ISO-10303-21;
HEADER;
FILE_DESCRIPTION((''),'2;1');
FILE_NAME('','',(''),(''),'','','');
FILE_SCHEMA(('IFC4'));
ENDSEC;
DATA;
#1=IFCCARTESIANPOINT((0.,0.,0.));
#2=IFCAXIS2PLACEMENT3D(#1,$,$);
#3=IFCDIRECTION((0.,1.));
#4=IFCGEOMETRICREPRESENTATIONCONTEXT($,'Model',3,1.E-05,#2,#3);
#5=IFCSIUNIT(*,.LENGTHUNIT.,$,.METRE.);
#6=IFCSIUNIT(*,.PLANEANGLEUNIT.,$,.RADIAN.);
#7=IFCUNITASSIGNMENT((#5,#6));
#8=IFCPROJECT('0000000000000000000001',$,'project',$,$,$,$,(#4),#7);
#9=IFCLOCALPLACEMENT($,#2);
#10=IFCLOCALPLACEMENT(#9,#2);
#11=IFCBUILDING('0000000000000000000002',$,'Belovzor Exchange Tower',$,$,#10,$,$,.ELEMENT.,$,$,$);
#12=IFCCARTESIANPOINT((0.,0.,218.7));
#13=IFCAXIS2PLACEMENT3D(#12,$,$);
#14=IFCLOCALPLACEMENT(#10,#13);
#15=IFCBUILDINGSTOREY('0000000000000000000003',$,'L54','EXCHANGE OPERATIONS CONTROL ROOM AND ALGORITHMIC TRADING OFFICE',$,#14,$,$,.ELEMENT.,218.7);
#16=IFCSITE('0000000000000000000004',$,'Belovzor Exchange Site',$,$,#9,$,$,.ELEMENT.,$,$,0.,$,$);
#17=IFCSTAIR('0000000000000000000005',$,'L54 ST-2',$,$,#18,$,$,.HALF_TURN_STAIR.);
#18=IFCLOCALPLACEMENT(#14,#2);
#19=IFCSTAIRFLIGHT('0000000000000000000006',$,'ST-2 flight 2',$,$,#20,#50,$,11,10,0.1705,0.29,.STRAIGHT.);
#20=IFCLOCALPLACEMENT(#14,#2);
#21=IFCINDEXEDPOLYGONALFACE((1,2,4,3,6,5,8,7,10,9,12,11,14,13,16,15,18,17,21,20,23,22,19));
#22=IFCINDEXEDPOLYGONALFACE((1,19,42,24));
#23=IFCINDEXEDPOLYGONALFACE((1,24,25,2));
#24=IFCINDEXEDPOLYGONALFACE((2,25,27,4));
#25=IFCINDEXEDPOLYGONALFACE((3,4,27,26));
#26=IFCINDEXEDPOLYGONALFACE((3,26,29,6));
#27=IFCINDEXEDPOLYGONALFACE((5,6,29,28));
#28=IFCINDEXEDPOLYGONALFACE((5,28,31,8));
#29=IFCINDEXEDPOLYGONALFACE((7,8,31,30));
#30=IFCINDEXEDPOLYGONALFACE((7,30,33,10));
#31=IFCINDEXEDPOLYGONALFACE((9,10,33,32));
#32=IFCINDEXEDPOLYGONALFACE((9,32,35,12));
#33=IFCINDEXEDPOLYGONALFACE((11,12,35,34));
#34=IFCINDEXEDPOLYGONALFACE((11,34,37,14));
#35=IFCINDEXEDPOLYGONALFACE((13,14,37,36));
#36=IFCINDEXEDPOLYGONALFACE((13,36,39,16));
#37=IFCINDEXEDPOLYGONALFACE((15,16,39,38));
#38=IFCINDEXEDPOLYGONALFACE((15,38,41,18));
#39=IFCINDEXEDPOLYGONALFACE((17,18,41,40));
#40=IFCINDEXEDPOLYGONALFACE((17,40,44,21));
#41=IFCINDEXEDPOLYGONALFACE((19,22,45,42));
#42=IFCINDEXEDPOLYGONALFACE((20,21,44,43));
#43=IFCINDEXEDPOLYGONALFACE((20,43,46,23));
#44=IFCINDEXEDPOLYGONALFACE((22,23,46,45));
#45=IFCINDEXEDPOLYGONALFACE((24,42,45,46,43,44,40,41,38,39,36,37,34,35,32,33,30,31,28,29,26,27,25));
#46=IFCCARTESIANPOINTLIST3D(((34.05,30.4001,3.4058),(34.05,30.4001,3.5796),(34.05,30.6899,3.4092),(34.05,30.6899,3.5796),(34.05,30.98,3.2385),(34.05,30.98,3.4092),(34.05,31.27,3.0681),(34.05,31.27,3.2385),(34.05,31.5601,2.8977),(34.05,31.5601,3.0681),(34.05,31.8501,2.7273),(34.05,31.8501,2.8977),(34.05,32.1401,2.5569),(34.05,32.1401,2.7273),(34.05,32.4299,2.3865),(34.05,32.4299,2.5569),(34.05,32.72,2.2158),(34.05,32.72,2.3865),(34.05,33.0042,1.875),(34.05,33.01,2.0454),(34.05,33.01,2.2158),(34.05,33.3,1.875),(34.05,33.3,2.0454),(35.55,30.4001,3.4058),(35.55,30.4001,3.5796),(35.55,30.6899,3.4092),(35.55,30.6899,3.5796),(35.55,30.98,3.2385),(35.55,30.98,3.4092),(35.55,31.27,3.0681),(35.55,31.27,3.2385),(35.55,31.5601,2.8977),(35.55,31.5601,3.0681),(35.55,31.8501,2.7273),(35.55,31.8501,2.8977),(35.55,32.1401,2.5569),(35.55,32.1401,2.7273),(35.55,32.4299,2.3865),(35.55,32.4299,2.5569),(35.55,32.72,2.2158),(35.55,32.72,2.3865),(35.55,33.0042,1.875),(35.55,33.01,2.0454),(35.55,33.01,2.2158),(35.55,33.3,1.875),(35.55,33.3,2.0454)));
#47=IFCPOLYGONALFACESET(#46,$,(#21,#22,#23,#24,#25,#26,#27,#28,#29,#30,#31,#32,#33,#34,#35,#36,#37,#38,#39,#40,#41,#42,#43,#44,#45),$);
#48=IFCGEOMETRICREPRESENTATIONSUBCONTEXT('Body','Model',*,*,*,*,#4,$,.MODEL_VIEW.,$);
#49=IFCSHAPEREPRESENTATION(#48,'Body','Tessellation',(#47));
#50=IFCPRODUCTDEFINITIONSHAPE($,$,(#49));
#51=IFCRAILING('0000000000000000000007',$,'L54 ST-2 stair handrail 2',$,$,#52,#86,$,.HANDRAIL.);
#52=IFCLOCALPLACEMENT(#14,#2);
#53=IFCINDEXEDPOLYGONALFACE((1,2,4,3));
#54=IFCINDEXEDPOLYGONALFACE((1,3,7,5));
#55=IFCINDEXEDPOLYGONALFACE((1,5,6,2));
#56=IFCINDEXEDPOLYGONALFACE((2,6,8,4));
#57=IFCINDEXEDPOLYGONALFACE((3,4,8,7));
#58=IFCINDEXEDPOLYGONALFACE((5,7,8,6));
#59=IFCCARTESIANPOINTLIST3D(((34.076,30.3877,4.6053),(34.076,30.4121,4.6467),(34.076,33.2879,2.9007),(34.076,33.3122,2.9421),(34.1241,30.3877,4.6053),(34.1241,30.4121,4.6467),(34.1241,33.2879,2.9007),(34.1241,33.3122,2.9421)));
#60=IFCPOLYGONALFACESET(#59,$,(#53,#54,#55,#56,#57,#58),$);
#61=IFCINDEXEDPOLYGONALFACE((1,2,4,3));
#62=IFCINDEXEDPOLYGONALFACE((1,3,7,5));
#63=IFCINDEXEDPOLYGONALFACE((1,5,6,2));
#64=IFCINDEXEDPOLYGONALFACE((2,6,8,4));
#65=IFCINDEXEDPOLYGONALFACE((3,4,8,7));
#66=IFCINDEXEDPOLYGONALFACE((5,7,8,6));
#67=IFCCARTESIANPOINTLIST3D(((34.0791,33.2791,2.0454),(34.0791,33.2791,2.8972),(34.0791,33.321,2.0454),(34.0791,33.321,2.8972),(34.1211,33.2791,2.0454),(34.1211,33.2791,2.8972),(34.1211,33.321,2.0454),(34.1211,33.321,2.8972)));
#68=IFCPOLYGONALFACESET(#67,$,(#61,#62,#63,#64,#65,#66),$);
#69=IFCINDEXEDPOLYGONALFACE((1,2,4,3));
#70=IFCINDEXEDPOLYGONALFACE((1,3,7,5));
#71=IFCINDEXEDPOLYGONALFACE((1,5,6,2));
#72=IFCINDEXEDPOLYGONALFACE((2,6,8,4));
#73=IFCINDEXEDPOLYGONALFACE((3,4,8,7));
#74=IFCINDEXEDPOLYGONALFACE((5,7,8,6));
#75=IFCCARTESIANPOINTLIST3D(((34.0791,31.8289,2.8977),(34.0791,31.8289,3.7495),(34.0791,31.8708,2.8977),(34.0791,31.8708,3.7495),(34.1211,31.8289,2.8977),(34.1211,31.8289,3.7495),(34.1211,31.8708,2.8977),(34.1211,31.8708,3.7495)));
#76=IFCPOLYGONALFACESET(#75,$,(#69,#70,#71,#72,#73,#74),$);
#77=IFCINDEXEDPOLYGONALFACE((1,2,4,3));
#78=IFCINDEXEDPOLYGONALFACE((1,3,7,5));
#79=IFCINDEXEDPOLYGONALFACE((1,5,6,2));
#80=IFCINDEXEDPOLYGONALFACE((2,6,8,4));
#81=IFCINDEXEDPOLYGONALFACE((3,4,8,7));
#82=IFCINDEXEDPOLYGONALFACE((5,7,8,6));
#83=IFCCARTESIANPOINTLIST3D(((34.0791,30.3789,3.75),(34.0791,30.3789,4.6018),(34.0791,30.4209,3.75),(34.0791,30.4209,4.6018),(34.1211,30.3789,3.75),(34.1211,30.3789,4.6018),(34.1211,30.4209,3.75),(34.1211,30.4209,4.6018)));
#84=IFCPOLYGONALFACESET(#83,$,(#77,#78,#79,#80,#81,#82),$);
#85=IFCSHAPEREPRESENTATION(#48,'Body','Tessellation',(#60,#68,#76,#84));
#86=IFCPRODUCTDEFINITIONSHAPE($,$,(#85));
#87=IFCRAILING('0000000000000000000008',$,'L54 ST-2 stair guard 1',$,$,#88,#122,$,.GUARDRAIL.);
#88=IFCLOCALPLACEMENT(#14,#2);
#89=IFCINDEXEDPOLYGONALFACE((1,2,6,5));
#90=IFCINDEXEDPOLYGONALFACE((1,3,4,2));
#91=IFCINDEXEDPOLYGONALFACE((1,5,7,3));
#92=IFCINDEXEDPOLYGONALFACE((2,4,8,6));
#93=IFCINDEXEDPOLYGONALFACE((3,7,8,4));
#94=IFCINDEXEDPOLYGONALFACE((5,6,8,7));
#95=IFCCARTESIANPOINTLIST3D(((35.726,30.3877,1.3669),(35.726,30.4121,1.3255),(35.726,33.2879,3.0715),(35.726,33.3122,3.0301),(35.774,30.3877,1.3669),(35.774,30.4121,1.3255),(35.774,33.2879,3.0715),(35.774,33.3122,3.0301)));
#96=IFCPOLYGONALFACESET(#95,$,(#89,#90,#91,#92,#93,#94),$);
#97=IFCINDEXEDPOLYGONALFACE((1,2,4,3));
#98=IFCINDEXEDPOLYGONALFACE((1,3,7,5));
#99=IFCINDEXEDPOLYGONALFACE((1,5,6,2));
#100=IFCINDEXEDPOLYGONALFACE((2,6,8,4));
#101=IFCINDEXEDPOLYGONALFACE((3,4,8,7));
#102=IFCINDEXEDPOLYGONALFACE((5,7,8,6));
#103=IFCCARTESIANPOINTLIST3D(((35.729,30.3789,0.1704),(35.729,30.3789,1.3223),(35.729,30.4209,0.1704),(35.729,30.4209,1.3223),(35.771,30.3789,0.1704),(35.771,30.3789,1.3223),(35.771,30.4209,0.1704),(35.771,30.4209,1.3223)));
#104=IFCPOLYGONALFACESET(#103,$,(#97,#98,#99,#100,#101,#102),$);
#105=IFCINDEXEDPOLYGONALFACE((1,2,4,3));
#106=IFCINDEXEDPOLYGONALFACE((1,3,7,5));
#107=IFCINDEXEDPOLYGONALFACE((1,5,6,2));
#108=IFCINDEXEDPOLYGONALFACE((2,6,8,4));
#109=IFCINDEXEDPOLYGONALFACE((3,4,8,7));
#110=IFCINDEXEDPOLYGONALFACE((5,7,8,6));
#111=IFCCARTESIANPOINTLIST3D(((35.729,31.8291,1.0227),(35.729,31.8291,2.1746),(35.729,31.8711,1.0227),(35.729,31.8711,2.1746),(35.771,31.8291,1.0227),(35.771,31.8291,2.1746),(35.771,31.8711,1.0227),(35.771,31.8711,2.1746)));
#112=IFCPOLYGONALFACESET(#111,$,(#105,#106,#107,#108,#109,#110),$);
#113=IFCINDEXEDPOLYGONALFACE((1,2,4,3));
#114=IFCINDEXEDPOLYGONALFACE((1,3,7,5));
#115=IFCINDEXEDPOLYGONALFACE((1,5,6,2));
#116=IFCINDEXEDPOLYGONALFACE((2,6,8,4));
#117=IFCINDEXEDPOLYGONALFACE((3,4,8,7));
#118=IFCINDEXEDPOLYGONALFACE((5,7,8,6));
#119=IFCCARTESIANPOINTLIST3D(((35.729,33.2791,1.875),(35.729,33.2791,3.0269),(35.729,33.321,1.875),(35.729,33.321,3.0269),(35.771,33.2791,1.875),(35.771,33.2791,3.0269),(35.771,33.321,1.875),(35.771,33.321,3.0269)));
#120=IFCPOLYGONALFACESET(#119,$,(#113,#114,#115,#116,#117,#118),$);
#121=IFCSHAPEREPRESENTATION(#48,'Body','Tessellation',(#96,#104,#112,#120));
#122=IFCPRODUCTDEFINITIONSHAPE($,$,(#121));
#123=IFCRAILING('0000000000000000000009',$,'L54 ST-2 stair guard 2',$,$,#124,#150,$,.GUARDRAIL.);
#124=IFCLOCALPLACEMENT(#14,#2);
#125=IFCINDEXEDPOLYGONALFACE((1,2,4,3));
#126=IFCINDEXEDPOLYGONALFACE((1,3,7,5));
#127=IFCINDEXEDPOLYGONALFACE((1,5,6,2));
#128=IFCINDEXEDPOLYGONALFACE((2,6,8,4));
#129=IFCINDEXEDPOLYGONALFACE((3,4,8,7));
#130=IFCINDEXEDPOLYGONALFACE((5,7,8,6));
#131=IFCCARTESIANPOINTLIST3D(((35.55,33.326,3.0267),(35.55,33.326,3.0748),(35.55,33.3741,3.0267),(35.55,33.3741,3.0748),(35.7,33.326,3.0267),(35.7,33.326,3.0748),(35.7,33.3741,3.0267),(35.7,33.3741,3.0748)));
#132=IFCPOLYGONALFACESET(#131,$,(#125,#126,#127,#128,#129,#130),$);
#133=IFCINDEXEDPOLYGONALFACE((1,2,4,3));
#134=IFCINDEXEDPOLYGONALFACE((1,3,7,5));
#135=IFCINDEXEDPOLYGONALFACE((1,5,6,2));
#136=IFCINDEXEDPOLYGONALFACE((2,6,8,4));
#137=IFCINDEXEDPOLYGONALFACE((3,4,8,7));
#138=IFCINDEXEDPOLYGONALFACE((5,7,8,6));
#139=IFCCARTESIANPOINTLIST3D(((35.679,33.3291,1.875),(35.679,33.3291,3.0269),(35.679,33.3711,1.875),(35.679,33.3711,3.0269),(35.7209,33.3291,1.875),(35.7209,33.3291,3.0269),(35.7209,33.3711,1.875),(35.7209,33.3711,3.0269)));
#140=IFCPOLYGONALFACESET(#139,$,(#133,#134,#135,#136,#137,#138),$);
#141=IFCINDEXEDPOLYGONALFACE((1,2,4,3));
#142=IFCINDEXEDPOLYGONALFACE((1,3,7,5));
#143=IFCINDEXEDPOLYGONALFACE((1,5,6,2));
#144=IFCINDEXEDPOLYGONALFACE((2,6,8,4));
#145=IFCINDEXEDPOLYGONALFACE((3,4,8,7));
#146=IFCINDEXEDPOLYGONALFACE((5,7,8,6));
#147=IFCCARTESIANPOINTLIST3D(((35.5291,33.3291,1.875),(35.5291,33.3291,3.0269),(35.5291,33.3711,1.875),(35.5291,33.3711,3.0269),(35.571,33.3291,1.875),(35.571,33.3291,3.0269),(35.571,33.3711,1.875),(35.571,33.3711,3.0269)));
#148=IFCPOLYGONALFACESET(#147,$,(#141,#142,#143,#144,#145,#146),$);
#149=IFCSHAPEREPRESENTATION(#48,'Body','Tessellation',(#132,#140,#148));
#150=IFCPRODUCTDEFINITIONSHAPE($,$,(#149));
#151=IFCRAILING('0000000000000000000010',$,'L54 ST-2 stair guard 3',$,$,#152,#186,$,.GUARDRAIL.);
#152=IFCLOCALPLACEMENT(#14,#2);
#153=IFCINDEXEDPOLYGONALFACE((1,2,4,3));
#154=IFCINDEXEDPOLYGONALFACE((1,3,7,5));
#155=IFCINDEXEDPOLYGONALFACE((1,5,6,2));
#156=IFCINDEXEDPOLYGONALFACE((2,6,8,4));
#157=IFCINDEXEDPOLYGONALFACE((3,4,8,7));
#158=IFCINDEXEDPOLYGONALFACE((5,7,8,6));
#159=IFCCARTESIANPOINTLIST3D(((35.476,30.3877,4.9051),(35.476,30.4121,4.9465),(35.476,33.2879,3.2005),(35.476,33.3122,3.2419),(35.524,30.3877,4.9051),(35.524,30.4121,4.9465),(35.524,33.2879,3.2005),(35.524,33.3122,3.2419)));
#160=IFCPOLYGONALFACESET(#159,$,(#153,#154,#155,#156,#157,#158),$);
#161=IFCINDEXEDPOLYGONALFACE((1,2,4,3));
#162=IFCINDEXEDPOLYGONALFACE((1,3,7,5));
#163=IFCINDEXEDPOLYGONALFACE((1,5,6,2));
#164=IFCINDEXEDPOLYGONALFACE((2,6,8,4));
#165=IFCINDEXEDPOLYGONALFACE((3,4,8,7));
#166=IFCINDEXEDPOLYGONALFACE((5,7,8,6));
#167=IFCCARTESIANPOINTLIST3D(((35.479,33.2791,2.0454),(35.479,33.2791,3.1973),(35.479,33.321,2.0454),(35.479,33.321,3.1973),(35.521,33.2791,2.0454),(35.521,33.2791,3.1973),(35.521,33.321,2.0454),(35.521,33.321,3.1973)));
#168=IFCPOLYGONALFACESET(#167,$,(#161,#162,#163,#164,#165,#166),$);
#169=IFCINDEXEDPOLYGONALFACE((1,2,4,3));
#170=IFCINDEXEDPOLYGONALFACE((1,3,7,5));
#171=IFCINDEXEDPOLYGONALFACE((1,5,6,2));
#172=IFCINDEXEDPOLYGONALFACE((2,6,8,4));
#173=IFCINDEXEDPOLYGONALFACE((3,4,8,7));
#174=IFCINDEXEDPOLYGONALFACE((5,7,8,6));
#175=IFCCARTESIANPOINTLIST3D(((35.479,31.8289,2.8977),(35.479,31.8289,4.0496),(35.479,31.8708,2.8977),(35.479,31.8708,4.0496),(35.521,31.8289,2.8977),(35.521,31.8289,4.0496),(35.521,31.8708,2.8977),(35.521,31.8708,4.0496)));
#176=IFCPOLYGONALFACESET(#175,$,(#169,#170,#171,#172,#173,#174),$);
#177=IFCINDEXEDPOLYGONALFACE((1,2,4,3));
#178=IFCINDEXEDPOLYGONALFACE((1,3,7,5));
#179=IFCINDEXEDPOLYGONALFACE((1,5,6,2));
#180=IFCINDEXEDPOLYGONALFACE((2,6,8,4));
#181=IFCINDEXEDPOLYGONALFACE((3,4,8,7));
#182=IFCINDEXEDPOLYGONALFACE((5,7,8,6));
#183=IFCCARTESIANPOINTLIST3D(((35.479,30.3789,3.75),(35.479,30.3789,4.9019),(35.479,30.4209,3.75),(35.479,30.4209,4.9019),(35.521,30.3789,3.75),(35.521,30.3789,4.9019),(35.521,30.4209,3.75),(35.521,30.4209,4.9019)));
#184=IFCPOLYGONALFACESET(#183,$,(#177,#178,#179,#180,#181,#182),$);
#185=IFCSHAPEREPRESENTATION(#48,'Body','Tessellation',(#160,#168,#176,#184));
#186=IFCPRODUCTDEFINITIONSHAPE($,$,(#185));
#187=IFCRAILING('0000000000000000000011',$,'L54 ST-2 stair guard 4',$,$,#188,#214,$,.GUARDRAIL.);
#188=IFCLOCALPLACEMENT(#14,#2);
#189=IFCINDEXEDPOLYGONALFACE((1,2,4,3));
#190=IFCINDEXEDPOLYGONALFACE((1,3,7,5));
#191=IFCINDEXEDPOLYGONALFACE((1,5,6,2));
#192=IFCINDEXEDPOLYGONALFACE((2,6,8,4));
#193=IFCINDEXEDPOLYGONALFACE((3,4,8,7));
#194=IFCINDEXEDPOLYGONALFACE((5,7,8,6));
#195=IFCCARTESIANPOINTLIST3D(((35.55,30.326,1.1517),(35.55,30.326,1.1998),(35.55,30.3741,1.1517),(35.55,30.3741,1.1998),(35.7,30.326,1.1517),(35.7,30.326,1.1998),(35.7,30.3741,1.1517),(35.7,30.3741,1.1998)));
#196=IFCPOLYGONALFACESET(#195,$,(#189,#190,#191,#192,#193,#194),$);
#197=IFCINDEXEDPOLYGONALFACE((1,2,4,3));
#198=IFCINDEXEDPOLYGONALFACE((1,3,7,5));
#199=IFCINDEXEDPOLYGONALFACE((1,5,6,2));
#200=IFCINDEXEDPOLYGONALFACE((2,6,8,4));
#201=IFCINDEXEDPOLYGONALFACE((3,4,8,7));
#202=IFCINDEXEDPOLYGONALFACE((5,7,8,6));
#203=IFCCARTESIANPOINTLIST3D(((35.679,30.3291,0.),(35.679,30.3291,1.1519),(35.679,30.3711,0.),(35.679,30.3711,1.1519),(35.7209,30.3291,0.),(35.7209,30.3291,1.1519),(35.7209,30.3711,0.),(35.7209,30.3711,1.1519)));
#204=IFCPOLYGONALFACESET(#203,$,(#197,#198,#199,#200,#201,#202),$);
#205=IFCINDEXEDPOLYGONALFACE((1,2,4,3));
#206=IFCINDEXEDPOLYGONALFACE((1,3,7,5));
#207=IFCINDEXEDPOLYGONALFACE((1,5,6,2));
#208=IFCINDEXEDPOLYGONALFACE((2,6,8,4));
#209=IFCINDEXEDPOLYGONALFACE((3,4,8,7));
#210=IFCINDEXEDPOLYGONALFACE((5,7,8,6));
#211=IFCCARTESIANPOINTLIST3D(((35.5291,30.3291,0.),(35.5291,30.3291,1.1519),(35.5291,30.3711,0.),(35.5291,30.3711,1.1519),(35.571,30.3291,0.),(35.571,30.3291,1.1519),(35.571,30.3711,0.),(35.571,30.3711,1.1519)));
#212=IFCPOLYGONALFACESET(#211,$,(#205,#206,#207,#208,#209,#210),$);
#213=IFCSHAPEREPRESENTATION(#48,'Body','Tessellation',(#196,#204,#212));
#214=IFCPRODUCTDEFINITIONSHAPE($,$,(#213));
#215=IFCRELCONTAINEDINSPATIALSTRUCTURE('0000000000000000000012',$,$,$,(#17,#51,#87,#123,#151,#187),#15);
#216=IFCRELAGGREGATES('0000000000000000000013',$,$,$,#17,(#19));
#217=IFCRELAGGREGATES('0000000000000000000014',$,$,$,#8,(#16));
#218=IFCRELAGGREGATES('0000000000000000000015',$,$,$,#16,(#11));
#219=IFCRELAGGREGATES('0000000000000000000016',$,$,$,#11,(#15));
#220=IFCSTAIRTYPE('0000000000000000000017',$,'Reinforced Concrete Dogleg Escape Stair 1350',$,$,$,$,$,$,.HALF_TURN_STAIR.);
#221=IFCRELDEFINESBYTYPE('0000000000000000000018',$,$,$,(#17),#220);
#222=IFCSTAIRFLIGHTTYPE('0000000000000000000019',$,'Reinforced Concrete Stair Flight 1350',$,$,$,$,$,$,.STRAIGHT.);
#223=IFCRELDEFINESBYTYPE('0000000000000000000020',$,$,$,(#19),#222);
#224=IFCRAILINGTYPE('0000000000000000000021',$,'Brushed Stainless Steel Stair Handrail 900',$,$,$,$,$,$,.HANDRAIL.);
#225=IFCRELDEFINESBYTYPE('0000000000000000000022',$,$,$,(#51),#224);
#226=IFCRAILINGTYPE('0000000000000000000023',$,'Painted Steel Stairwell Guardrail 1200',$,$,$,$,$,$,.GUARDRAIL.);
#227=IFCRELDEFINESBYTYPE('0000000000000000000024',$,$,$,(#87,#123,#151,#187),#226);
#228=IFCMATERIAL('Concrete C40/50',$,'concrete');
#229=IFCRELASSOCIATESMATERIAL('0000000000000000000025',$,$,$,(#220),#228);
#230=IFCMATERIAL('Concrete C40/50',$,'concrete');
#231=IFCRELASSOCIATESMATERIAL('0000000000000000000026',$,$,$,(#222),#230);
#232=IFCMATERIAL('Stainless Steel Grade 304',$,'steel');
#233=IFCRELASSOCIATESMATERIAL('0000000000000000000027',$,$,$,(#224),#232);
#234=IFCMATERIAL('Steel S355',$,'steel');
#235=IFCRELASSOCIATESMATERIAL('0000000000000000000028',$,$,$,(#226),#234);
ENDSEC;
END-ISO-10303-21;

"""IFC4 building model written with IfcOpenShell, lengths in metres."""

from ifc_helpers import new_model, si_unit, direction, frame, origin, origin_2d, place, context, subcontext, project, spatial, polyline, rectangle, outline, extrude, material, type_object, element, aggregate, save


model = new_model("IFC4")

# Units and contexts
model_context = context("Model", 3, precision=1e-05, world=origin(), true_north=direction((0.0, 1.0)))
body_context = subcontext(model_context, "Body", "Model", "MODEL_VIEW")
ifc_project = project(units=[si_unit("LENGTHUNIT", "METRE"), si_unit("PLANEANGLEUNIT", "RADIAN")], contexts=[model_context])

# Site, building, storey
site_placement = place(None, origin())
site = spatial("IfcSite", under=ifc_project, at=site_placement, Name="Belovzor Exchange Site", CompositionType="ELEMENT", RefElevation=0.0)
building_placement = place(site_placement, origin())
building = spatial("IfcBuilding", under=site, at=building_placement, Name="Belovzor Exchange Tower", CompositionType="ELEMENT")
storey_placement = place(building_placement, frame((0.0, 0.0, 218.7)))
storey = spatial("IfcBuildingStorey", under=building, at=storey_placement, Name="L54", Description="EXCHANGE OPERATIONS CONTROL ROOM AND ALGORITHMIC TRADING OFFICE", CompositionType="ELEMENT", Elevation=218.7)

# Stair, stair flight
ifc_material_1 = material(Name="Concrete C40/50", Category="concrete")
stair_type = type_object("IfcStairType", Name="Reinforced Concrete Dogleg Escape Stair 1350", PredefinedType="HALF_TURN_STAIR", material=ifc_material_1)
stair_placement = place(storey_placement, origin())
stair = element("IfcStair", 1, at=stair_placement, inside=storey, type_object=stair_type, Name="L54 ST-2", PredefinedType="HALF_TURN_STAIR")
ifc_material_2 = material(Name="Concrete C40/50", Category="concrete")
stair_flight_type = type_object("IfcStairFlightType", Name="Reinforced Concrete Stair Flight 1350", PredefinedType="STRAIGHT", material=ifc_material_2)
stair_flight_placement = place(storey_placement, frame((34.8, 33.3, 1.875), z_axis=(0.0, 0.0, 1.0), x_axis=(0.0, -1.0, 0.0)))
stair_flight = element("IfcStairFlight", 2, at=stair_flight_placement, type_object=stair_flight_type, Name="ST-2 flight 2", NumberOfRisers=11, NumberOfTreads=10, PredefinedType="STRAIGHT", RiserHeight=0.1705, TreadLength=0.29, context=body_context, shape_type="SweptSolid", body=[
    extrude(outline(polyline([(0.0, 0.0), (0.0, 0.1704), (0.29, 0.1704), (0.29, 0.3408), (0.5801, 0.3408), (0.5801, 0.5115), (0.8701, 0.5115), (0.8701, 0.6819), (1.1599, 0.6819), (1.1599, 0.8523), (1.45, 0.8523), (1.45, 1.0227), (1.74, 1.0227), (1.74, 1.1931), (2.03, 1.1931), (2.03, 1.3635), (2.3201, 1.3635), (2.3201, 1.5342), (2.6101, 1.5342), (2.6101, 1.7046), (2.8999, 1.7046), (2.8999, 1.875), (2.8999, 1.5308), (0.2959, 0.0), (0.0, 0.0)])), frame((0.0, 0.75, 0.0), z_axis=(0.0, -1.0, 0.0), x_axis=(1.0, 0.0, 0.0)), (0.0, 0.0, 1.0), 1.5),
])
aggregate(stair, [stair_flight])

# Railings
ifc_material_3 = material(Name="Stainless Steel Grade 304", Category="steel")
railing_type_1 = type_object("IfcRailingType", Name="Brushed Stainless Steel Stair Handrail 900", PredefinedType="HANDRAIL", material=ifc_material_3)
railing_1_placement = place(storey_placement, frame((34.1001, 33.3, 2.0454)))
element("IfcRailing", 3, at=railing_1_placement, inside=storey, type_object=railing_type_1, Name="L54 ST-2 stair handrail 2", PredefinedType="HANDRAIL", context=body_context, shape_type="SweptSolid", body=[
    extrude(rectangle(XDim=0.0481, YDim=0.0481, at=origin_2d()), frame((0.0, 0.0, 0.876), z_axis=(0.0, -0.862113, 0.506716), x_axis=(1.0, 0.0, 0.0)), (0.0, 0.0, 1.0), 3.364),
    extrude(rectangle(XDim=0.042, YDim=0.042, at=origin_2d()), origin(), (0.0, 0.0, 1.0), 0.8518),
    extrude(rectangle(XDim=0.042, YDim=0.042, at=origin_2d()), frame((0.0, -1.4502, 0.8523)), (0.0, 0.0, 1.0), 0.8518),
    extrude(rectangle(XDim=0.042, YDim=0.042, at=origin_2d()), frame((0.0, -2.9001, 1.7046)), (0.0, 0.0, 1.0), 0.8518),
])
ifc_material_4 = material(Name="Steel S355", Category="steel")
railing_type_2 = type_object("IfcRailingType", Name="Painted Steel Stairwell Guardrail 1200", PredefinedType="GUARDRAIL", material=ifc_material_4)
railing_2_placement = place(storey_placement, frame((35.75, 30.3999, 0.1704)))
element("IfcRailing", 4, at=railing_2_placement, inside=storey, type_object=railing_type_2, Name="L54 ST-2 stair guard 1", PredefinedType="GUARDRAIL", context=body_context, shape_type="SweptSolid", body=[
    extrude(rectangle(XDim=0.0481, YDim=0.0481, at=origin_2d()), frame((0.0, 0.0, 1.1758), z_axis=(0.0, 0.862113, 0.506716), x_axis=(-1.0, 0.0, 0.0)), (0.0, 0.0, 1.0), 3.364),
    extrude(rectangle(XDim=0.042, YDim=0.042, at=origin_2d()), origin(), (0.0, 0.0, 1.0), 1.1519),
    extrude(rectangle(XDim=0.042, YDim=0.042, at=origin_2d()), frame((0.0, 1.4502, 0.8523)), (0.0, 0.0, 1.0), 1.1519),
    extrude(rectangle(XDim=0.042, YDim=0.042, at=origin_2d()), frame((0.0, 2.9001, 1.7046)), (0.0, 0.0, 1.0), 1.1519),
])
railing_3_placement = place(storey_placement, frame((35.7, 33.3501, 1.875)))
element("IfcRailing", 5, at=railing_3_placement, inside=storey, type_object=railing_type_2, Name="L54 ST-2 stair guard 2", PredefinedType="GUARDRAIL", context=body_context, shape_type="SweptSolid", body=[
    extrude(rectangle(XDim=0.0481, YDim=0.0481, at=origin_2d()), frame((0.0, 0.0, 1.1758), z_axis=(-1.0, 0.0, 0.0), x_axis=(0.0, -1.0, 0.0)), (0.0, 0.0, 1.0), 0.1499),
    extrude(rectangle(XDim=0.042, YDim=0.042, at=origin_2d()), origin(), (0.0, 0.0, 1.0), 1.1519),
    extrude(rectangle(XDim=0.042, YDim=0.042, at=origin_2d()), frame((-0.1499, 0.0, 0.0)), (0.0, 0.0, 1.0), 1.1519),
])
railing_4_placement = place(storey_placement, frame((35.5, 33.3, 2.0454)))
element("IfcRailing", 6, at=railing_4_placement, inside=storey, type_object=railing_type_2, Name="L54 ST-2 stair guard 3", PredefinedType="GUARDRAIL", context=body_context, shape_type="SweptSolid", body=[
    extrude(rectangle(XDim=0.0481, YDim=0.0481, at=origin_2d()), frame((0.0, 0.0, 1.1758), z_axis=(0.0, -0.862113, 0.506716), x_axis=(1.0, 0.0, 0.0)), (0.0, 0.0, 1.0), 3.364),
    extrude(rectangle(XDim=0.042, YDim=0.042, at=origin_2d()), origin(), (0.0, 0.0, 1.0), 1.1519),
    extrude(rectangle(XDim=0.042, YDim=0.042, at=origin_2d()), frame((0.0, -1.4502, 0.8523)), (0.0, 0.0, 1.0), 1.1519),
    extrude(rectangle(XDim=0.042, YDim=0.042, at=origin_2d()), frame((0.0, -2.9001, 1.7046)), (0.0, 0.0, 1.0), 1.1519),
])
railing_5_placement = place(storey_placement, frame((35.7, 30.3501, 0.0)))
element("IfcRailing", 7, at=railing_5_placement, inside=storey, type_object=railing_type_2, Name="L54 ST-2 stair guard 4", PredefinedType="GUARDRAIL", context=body_context, shape_type="SweptSolid", body=[
    extrude(rectangle(XDim=0.0481, YDim=0.0481, at=origin_2d()), frame((0.0, 0.0, 1.1758), z_axis=(-1.0, 0.0, 0.0), x_axis=(0.0, -1.0, 0.0)), (0.0, 0.0, 1.0), 0.1499),
    extrude(rectangle(XDim=0.042, YDim=0.042, at=origin_2d()), origin(), (0.0, 0.0, 1.0), 1.1519),
    extrude(rectangle(XDim=0.042, YDim=0.042, at=origin_2d()), frame((-0.1499, 0.0, 0.0)), (0.0, 0.0, 1.0), 1.1519),
])

save(model, "model.ifc")
